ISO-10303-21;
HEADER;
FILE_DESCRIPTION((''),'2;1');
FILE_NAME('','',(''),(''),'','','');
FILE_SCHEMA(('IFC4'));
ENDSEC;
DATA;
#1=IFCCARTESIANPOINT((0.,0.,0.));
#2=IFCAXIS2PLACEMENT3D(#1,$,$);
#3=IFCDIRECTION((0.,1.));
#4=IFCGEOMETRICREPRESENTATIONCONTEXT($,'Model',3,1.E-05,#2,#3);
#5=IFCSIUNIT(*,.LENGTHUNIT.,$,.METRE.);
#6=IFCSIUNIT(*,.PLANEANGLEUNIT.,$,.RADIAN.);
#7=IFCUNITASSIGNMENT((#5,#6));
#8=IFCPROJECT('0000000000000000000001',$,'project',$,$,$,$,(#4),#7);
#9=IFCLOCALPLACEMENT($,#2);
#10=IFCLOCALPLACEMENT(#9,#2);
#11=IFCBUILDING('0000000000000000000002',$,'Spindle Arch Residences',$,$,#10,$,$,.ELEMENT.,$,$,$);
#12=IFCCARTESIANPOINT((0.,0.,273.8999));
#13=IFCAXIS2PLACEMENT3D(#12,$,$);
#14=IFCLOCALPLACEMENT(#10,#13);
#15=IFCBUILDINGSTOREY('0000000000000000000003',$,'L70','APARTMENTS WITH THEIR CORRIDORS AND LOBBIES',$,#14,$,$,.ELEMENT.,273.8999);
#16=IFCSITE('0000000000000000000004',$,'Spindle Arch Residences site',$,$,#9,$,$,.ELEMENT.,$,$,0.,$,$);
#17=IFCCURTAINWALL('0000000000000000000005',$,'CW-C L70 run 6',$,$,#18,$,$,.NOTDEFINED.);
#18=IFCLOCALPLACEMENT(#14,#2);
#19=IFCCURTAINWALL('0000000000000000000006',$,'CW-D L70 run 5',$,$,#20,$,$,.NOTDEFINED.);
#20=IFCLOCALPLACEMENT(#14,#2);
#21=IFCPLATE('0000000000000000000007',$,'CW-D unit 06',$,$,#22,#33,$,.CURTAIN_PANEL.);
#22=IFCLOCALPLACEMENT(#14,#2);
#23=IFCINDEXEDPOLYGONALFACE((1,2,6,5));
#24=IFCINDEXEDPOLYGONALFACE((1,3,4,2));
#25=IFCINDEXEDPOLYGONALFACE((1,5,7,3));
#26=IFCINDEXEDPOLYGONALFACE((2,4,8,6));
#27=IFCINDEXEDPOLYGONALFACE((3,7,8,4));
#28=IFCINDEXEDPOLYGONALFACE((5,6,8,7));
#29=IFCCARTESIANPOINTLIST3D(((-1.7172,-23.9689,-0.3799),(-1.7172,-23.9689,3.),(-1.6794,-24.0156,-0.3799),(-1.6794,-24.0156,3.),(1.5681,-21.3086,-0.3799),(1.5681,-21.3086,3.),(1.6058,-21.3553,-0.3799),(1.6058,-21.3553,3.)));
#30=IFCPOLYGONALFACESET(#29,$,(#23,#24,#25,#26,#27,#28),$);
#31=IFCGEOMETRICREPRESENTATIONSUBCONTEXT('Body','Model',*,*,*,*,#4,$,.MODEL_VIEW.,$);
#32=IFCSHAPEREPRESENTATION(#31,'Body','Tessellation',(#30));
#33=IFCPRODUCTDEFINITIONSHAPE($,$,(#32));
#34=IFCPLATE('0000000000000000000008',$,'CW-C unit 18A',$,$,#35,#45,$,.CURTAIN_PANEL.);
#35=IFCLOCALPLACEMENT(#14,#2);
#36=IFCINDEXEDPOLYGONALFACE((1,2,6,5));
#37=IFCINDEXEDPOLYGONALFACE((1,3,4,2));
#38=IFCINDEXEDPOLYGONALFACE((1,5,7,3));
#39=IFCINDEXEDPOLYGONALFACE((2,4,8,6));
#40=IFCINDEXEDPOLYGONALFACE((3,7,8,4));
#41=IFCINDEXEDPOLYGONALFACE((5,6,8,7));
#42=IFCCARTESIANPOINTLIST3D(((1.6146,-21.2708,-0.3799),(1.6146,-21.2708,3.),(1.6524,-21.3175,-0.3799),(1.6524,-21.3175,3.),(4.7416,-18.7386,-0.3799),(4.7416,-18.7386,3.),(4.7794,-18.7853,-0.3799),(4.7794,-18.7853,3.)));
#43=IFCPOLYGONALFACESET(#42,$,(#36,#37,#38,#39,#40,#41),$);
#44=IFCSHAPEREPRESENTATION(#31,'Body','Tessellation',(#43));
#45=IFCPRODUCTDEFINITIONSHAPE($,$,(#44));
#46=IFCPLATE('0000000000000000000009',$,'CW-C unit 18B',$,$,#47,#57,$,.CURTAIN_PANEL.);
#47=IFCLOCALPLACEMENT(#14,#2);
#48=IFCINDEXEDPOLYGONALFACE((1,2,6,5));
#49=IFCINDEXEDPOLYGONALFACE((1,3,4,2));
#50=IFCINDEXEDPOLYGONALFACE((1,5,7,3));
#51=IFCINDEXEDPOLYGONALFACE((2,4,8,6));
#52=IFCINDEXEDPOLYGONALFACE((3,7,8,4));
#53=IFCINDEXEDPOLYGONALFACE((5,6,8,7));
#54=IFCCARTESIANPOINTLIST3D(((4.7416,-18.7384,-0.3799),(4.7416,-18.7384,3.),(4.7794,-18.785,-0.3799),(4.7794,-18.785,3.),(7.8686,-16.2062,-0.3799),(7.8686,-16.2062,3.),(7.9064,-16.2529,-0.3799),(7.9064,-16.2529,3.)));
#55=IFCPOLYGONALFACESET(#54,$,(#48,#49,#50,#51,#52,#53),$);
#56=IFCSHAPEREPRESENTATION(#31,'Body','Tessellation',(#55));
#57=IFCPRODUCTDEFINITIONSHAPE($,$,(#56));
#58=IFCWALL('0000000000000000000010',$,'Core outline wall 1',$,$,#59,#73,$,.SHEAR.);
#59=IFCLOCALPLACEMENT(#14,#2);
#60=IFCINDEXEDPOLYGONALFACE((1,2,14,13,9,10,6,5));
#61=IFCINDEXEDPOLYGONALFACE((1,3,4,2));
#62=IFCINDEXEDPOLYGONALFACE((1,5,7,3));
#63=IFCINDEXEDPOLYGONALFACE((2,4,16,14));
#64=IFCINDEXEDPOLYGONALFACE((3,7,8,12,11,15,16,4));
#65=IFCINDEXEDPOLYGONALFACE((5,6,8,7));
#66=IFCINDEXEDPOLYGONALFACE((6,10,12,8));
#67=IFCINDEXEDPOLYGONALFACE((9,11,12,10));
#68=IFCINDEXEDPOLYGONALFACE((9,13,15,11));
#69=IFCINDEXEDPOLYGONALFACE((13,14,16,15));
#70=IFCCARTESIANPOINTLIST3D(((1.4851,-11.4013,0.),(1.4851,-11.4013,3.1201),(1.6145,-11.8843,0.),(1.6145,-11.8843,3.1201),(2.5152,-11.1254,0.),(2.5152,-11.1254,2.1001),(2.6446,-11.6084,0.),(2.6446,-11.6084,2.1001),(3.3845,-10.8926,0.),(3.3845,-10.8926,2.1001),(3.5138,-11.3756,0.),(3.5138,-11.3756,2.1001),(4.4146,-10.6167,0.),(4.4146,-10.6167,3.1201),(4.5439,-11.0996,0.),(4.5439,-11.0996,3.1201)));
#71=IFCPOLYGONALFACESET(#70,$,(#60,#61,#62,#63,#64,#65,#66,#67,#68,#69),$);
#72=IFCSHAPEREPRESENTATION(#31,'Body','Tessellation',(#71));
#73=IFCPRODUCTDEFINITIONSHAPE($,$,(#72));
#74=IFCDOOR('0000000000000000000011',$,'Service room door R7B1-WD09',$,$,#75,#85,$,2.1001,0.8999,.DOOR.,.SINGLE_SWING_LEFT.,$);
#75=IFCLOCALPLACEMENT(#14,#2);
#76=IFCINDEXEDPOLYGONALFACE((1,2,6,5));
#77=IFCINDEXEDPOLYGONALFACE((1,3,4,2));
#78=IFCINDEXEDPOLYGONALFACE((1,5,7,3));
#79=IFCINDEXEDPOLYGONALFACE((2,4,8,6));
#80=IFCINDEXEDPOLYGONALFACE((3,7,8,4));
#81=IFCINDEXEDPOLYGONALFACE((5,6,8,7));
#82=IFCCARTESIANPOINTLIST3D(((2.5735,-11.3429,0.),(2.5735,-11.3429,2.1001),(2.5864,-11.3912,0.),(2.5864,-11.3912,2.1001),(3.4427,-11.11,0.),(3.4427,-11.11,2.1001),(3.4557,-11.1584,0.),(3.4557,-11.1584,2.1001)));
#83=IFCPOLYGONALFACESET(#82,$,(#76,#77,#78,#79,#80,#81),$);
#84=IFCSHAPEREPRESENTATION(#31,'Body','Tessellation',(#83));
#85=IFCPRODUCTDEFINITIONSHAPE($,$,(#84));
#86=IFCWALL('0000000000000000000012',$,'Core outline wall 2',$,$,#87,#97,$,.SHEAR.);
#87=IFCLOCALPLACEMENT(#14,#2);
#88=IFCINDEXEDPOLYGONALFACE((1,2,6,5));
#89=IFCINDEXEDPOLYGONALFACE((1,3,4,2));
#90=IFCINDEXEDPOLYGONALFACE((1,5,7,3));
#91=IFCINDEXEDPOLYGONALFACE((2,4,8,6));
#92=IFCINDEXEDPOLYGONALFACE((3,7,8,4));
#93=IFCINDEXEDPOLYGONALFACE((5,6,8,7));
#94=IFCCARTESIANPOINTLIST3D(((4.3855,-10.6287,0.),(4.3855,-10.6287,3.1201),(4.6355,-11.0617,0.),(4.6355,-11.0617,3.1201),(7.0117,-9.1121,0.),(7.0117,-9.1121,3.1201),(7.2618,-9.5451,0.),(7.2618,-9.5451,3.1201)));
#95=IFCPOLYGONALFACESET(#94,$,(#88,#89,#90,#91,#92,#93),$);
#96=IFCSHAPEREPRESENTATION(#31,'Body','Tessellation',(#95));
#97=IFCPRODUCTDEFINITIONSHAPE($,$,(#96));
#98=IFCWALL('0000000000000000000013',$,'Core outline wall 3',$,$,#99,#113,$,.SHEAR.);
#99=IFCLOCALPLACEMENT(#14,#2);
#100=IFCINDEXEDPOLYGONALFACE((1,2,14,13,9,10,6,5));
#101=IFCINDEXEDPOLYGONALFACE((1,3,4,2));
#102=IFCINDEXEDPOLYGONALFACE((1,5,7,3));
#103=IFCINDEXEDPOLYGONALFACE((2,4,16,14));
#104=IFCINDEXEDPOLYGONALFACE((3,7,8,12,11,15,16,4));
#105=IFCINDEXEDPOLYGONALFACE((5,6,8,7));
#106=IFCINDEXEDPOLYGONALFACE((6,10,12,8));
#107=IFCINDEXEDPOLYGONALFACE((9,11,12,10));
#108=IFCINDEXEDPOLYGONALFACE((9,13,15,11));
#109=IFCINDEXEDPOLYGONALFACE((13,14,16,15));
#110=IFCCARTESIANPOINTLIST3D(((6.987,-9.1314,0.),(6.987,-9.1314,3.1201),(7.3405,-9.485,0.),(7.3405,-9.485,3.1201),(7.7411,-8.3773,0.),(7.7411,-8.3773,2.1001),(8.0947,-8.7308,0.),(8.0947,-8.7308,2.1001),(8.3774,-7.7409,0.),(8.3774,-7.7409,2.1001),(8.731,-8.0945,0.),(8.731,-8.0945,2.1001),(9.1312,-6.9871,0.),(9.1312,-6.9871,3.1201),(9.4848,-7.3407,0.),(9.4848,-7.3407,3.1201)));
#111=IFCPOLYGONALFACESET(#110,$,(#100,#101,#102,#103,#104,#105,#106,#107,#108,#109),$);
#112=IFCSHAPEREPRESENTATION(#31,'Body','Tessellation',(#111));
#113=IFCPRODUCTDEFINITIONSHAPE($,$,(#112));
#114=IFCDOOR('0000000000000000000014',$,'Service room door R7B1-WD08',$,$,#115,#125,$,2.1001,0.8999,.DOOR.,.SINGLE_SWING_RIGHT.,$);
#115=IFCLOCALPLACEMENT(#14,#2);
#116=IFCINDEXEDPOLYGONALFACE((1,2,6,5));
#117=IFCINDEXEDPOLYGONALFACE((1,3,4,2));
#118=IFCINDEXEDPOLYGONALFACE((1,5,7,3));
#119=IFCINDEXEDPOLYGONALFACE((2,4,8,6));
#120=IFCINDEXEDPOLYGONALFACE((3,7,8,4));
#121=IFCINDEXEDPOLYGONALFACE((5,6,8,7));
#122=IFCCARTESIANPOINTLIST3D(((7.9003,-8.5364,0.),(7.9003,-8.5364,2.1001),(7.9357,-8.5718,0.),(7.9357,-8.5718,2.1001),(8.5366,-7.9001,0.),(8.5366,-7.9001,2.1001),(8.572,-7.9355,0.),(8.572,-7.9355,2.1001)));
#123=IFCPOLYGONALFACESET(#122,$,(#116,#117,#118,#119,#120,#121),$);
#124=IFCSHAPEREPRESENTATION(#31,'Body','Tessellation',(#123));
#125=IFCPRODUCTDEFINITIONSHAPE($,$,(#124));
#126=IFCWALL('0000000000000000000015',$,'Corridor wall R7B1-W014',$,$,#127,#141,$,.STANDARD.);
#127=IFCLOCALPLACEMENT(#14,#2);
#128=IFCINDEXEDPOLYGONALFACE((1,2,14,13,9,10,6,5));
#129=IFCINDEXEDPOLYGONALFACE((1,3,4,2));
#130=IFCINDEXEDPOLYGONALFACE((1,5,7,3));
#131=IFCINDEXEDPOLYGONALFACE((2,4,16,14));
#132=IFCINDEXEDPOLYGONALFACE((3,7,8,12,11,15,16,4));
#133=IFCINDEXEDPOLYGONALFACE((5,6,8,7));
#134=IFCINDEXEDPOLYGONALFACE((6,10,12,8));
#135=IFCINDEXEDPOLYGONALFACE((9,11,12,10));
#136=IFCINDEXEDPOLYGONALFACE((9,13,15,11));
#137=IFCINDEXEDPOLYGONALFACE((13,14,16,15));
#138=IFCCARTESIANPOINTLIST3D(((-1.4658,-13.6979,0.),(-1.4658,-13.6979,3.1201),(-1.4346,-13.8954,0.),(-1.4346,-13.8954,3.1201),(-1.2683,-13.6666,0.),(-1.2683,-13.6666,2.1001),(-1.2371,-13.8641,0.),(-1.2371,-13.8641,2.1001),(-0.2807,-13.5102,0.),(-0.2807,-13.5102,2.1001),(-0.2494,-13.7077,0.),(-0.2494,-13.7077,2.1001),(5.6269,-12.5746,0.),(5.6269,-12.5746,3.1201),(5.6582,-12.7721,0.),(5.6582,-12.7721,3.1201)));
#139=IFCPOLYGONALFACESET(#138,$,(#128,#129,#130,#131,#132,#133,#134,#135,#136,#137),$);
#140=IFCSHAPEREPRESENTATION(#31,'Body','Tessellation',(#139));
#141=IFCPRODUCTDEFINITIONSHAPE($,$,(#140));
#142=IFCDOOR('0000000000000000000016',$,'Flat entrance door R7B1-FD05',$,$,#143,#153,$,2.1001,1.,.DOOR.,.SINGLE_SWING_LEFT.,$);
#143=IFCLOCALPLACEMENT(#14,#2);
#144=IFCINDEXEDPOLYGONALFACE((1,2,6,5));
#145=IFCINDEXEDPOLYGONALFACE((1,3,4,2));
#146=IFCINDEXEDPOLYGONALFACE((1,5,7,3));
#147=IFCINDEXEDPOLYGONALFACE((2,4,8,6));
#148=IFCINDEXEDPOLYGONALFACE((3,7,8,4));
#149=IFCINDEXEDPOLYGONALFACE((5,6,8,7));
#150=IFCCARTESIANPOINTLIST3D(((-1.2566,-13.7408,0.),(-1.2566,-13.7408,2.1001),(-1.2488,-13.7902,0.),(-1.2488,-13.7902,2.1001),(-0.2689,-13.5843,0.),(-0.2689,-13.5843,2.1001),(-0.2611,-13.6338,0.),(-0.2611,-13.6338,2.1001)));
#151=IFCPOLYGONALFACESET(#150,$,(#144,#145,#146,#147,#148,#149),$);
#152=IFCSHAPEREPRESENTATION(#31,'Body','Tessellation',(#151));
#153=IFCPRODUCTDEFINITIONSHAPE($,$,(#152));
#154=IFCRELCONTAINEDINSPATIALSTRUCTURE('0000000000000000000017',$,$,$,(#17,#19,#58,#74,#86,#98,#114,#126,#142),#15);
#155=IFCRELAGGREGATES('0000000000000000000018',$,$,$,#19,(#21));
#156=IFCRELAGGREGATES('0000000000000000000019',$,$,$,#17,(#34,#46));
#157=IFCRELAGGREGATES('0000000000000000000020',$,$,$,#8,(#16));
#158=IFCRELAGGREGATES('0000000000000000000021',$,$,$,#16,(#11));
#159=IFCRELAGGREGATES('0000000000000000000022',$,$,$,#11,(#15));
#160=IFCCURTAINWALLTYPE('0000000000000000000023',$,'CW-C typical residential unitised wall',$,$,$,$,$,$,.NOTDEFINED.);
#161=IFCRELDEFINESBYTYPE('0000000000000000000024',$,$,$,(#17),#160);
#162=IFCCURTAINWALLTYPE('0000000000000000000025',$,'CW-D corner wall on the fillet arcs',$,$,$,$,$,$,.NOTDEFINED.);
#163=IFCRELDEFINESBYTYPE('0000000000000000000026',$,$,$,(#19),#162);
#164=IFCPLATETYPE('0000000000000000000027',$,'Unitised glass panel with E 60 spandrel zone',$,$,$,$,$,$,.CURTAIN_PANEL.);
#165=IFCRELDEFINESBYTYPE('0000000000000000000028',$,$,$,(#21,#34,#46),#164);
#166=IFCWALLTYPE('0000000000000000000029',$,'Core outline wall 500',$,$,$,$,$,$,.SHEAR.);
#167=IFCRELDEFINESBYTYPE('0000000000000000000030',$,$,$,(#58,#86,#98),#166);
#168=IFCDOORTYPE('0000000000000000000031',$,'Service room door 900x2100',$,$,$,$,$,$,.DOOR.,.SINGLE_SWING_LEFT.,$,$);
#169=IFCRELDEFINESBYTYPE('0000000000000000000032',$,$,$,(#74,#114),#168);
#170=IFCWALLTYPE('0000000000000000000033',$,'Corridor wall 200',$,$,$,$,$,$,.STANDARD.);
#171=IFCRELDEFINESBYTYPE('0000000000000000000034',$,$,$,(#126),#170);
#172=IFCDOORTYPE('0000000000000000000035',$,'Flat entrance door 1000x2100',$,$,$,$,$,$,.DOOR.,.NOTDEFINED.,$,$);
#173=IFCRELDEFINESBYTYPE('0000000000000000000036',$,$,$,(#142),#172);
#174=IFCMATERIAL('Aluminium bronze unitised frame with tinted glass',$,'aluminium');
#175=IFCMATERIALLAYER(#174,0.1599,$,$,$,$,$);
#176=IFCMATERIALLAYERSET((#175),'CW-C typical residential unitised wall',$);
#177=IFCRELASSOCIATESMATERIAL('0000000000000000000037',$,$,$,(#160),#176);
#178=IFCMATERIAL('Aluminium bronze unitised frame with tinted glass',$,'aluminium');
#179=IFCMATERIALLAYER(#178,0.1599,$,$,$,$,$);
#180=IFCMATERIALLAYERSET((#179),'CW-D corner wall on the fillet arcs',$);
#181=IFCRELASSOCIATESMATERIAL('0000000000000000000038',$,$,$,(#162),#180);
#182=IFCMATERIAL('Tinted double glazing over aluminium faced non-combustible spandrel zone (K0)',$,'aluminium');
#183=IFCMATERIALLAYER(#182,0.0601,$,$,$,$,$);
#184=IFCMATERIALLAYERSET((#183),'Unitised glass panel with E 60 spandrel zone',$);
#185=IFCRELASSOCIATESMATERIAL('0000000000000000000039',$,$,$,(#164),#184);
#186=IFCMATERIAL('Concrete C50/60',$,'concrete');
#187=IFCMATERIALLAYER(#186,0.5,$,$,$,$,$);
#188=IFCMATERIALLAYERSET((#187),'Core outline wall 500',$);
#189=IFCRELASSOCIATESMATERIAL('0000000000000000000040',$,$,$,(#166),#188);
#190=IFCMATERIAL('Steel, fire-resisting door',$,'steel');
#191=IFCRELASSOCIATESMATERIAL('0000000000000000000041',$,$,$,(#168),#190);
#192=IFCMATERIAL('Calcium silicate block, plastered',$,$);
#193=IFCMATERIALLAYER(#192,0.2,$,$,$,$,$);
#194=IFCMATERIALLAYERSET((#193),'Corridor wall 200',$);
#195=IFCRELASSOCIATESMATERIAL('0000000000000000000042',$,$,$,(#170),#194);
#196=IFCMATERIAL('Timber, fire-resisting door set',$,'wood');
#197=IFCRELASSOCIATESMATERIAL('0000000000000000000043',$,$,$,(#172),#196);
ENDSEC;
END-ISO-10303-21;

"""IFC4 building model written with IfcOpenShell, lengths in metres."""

from ifc_helpers import new_model, si_unit, direction, frame, frame_2d, origin, origin_2d, place, context, subcontext, project, spatial, rectangle, extrude, material, layer, layer_set, type_object, element, fill, aggregate, save


model = new_model("IFC4")

# Units and contexts
model_context = context("Model", 3, precision=1e-05, world=origin(), true_north=direction((0.0, 1.0)))
body_context = subcontext(model_context, "Body", "Model", "MODEL_VIEW")
ifc_project = project(units=[si_unit("LENGTHUNIT", "METRE"), si_unit("PLANEANGLEUNIT", "RADIAN")], contexts=[model_context])

# Site, building, storey
site_placement = place(None, origin())
site = spatial("IfcSite", under=ifc_project, at=site_placement, Name="Spindle Arch Residences site", CompositionType="ELEMENT", RefElevation=0.0)
building_placement = place(site_placement, origin())
building = spatial("IfcBuilding", under=site, at=building_placement, Name="Spindle Arch Residences", CompositionType="ELEMENT")
storey_placement = place(building_placement, frame((0.0, 0.0, 273.8999)))
storey = spatial("IfcBuildingStorey", under=building, at=storey_placement, Name="L70", Description="APARTMENTS WITH THEIR CORRIDORS AND LOBBIES", CompositionType="ELEMENT", Elevation=273.8999)

# Curtain wall
ifc_material_1 = material(Name="Aluminium bronze unitised frame with tinted glass", Category="aluminium")
ifc_layer_1 = layer(ifc_material_1, 0.1599)
ifc_layer_set_1 = layer_set([ifc_layer_1], Name="CW-C typical residential unitised wall")
curtain_wall_type_1 = type_object("IfcCurtainWallType", Name="CW-C typical residential unitised wall", PredefinedType="NOTDEFINED", material=ifc_layer_set_1)
curtain_wall_1_placement = place(storey_placement, origin())
curtain_wall_1 = element("IfcCurtainWall", 1, at=curtain_wall_1_placement, inside=storey, type_object=curtain_wall_type_1, Name="CW-C L70 run 6", PredefinedType="NOTDEFINED")

# Curtain wall, plate
ifc_material_2 = material(Name="Aluminium bronze unitised frame with tinted glass", Category="aluminium")
ifc_layer_2 = layer(ifc_material_2, 0.1599)
ifc_layer_set_2 = layer_set([ifc_layer_2], Name="CW-D corner wall on the fillet arcs")
curtain_wall_type_2 = type_object("IfcCurtainWallType", Name="CW-D corner wall on the fillet arcs", PredefinedType="NOTDEFINED", material=ifc_layer_set_2)
curtain_wall_2_placement = place(storey_placement, origin())
curtain_wall_2 = element("IfcCurtainWall", 2, at=curtain_wall_2_placement, inside=storey, type_object=curtain_wall_type_2, Name="CW-D L70 run 5", PredefinedType="NOTDEFINED")
ifc_material_3 = material(Name="Tinted double glazing over aluminium faced non-combustible spandrel zone (K0)", Category="aluminium")
ifc_layer_3 = layer(ifc_material_3, 0.0601)
ifc_layer_set_3 = layer_set([ifc_layer_3], Name="Unitised glass panel with E 60 spandrel zone")
plate_type = type_object("IfcPlateType", Name="Unitised glass panel with E 60 spandrel zone", PredefinedType="CURTAIN_PANEL", material=ifc_layer_set_3)
plate_1_placement = place(storey_placement, frame((-0.0557, -22.6621, -0.3799), z_axis=(0.0, 0.0, 1.0), x_axis=(0.777146, 0.62932, 0.0)))
plate_1 = element("IfcPlate", 3, at=plate_1_placement, type_object=plate_type, Name="CW-D unit 06", PredefinedType="CURTAIN_PANEL", context=body_context, shape_type="SweptSolid", body=[
    extrude(rectangle(XDim=4.2273, YDim=0.0601, at=origin_2d()), origin(), (0.0, 0.0, 1.0), 3.3799),
])
aggregate(curtain_wall_2, [plate_1])

# Plates
plate_2_placement = place(storey_placement, frame((3.197, -20.0281, -0.3799), z_axis=(0.0, 0.0, 1.0), x_axis=(0.777146, 0.62932, 0.0)))
plate_2 = element("IfcPlate", 4, at=plate_2_placement, type_object=plate_type, Name="CW-C unit 18A", PredefinedType="CURTAIN_PANEL", context=body_context, shape_type="SweptSolid", body=[
    extrude(rectangle(XDim=4.0237, YDim=0.0601, at=origin_2d()), origin(), (0.0, 0.0, 1.0), 3.3799),
])
plate_3_placement = place(storey_placement, frame((6.324, -17.4956, -0.3799), z_axis=(0.0, 0.0, 1.0), x_axis=(0.777146, 0.62932, 0.0)))
plate_3 = element("IfcPlate", 5, at=plate_3_placement, type_object=plate_type, Name="CW-C unit 18B", PredefinedType="CURTAIN_PANEL", context=body_context, shape_type="SweptSolid", body=[
    extrude(rectangle(XDim=4.0237, YDim=0.0601, at=origin_2d()), origin(), (0.0, 0.0, 1.0), 3.3799),
])
aggregate(curtain_wall_1, [plate_2, plate_3])

# Wall, opening, door
ifc_material_4 = material(Name="Concrete C50/60", Category="concrete")
ifc_layer_4 = layer(ifc_material_4, 0.5)
ifc_layer_set_4 = layer_set([ifc_layer_4], Name="Core outline wall 500")
wall_type_1 = type_object("IfcWallType", Name="Core outline wall 500", PredefinedType="SHEAR", material=ifc_layer_set_4)
wall_1_placement = place(storey_placement, frame((1.5498, -11.6428, 0.0), z_axis=(0.0, 0.0, 1.0), x_axis=(0.965948, 0.258735, 0.0)))
wall_1 = element("IfcWall", 6, at=wall_1_placement, inside=storey, type_object=wall_type_1, Name="Core outline wall 1", PredefinedType="SHEAR", context=body_context, shape_type="SweptSolid", body=[
    extrude(rectangle(XDim=3.0327, YDim=0.5, at=frame_2d((1.5164, 0.0))), origin(), (0.0, 0.0, 1.0), 3.1201),
])
opening_1_placement = place(wall_1_placement, frame((1.0664, 0.0, 0.0)))
opening_1 = element("IfcOpeningElement", 7, at=opening_1_placement, cuts=wall_1, PredefinedType="OPENING", context=body_context, shape_type="SweptSolid", body=[
    extrude(rectangle(XDim=0.8999, YDim=2.1001, at=frame_2d((0.45, 1.05))), frame((0.0, 0.26, 0.0), z_axis=(0.0, -1.0, 0.0), x_axis=(1.0, 0.0, 0.0)), (0.0, 0.0, 1.0), 0.52),
])
ifc_material_5 = material(Name="Steel, fire-resisting door", Category="steel")
door_type_1 = type_object("IfcDoorType", Name="Service room door 900x2100", OperationType="SINGLE_SWING_LEFT", PredefinedType="DOOR", material=ifc_material_5)
door_1_placement = place(opening_1_placement, origin())
door_1 = element("IfcDoor", 8, at=door_1_placement, inside=storey, type_object=door_type_1, Name="Service room door R7B1-WD09", OperationType="SINGLE_SWING_LEFT", OverallHeight=2.1001, OverallWidth=0.8999, PredefinedType="DOOR", context=body_context, shape_type="SweptSolid", body=[
    extrude(rectangle(XDim=0.8999, YDim=2.1001, at=frame_2d((0.45, 1.05))), frame((0.0, 0.0249, 0.0), z_axis=(0.0, -1.0, 0.0), x_axis=(1.0, 0.0, 0.0)), (0.0, 0.0, 1.0), 0.05),
])
fill(opening_1, door_1)

# Wall
wall_2_placement = place(storey_placement, frame((4.5105, -10.8452, 0.0), z_axis=(0.0, 0.0, 1.0), x_axis=(0.865975, 0.500087, 0.0)))
element("IfcWall", 9, at=wall_2_placement, inside=storey, type_object=wall_type_1, Name="Core outline wall 2", PredefinedType="SHEAR", context=body_context, shape_type="SweptSolid", body=[
    extrude(rectangle(XDim=3.0327, YDim=0.5, at=frame_2d((1.5164, 0.0))), origin(), (0.0, 0.0, 1.0), 3.1201),
])

# Walls, openings, doors
wall_3_placement = place(storey_placement, frame((7.1638, -9.3081, 0.0), z_axis=(0.0, 0.0, 1.0), x_axis=(0.707107, 0.707107, 0.0)))
wall_3 = element("IfcWall", 10, at=wall_3_placement, inside=storey, type_object=wall_type_1, Name="Core outline wall 3", PredefinedType="SHEAR", context=body_context, shape_type="SweptSolid", body=[
    extrude(rectangle(XDim=3.0325, YDim=0.5, at=frame_2d((1.5161, 0.0))), origin(), (0.0, 0.0, 1.0), 3.1201),
])
opening_2_placement = place(wall_3_placement, frame((1.0664, 0.0, 0.0)))
opening_2 = element("IfcOpeningElement", 11, at=opening_2_placement, cuts=wall_3, PredefinedType="OPENING", context=body_context, shape_type="SweptSolid", body=[
    extrude(rectangle(XDim=0.8999, YDim=2.1001, at=frame_2d((0.45, 1.05))), frame((0.0, 0.26, 0.0), z_axis=(0.0, -1.0, 0.0), x_axis=(1.0, 0.0, 0.0)), (0.0, 0.0, 1.0), 0.52),
])
door_2_placement = place(opening_2_placement, origin())
door_2 = element("IfcDoor", 12, at=door_2_placement, inside=storey, type_object=door_type_1, Name="Service room door R7B1-WD08", OperationType="SINGLE_SWING_RIGHT", OverallHeight=2.1001, OverallWidth=0.8999, PredefinedType="DOOR", context=body_context, shape_type="SweptSolid", body=[
    extrude(rectangle(XDim=0.8999, YDim=2.1001, at=frame_2d((0.45, 1.05))), frame((0.0, 0.0249, 0.0), z_axis=(0.0, -1.0, 0.0), x_axis=(1.0, 0.0, 0.0)), (0.0, 0.0, 1.0), 0.05),
])
fill(opening_2, door_2)
ifc_material_6 = material(Name="Calcium silicate block, plastered")
ifc_layer_5 = layer(ifc_material_6, 0.2)
ifc_layer_set_5 = layer_set([ifc_layer_5], Name="Corridor wall 200")
wall_type_2 = type_object("IfcWallType", Name="Corridor wall 200", PredefinedType="STANDARD", material=ifc_layer_set_5)
wall_4_placement = place(storey_placement, frame((-1.4502, -13.7966, 0.0), z_axis=(0.0, 0.0, 1.0), x_axis=(0.98769, 0.156422, 0.0)))
wall_4 = element("IfcWall", 13, at=wall_4_placement, inside=storey, type_object=wall_type_2, Name="Corridor wall R7B1-W014", PredefinedType="STANDARD", context=body_context, shape_type="SweptSolid", body=[
    extrude(rectangle(XDim=7.1812, YDim=0.2, at=frame_2d((3.5906, 0.0))), origin(), (0.0, 0.0, 1.0), 3.1201),
])
opening_3_placement = place(wall_4_placement, frame((0.2, 0.0, 0.0)))
opening_3 = element("IfcOpeningElement", 14, at=opening_3_placement, cuts=wall_4, PredefinedType="OPENING", context=body_context, shape_type="SweptSolid", body=[
    extrude(rectangle(XDim=1.0, YDim=2.1001, at=frame_2d((0.5, 1.05))), frame((0.0, 0.1099, 0.0), z_axis=(0.0, -1.0, 0.0), x_axis=(1.0, 0.0, 0.0)), (0.0, 0.0, 1.0), 0.22),
])
ifc_material_7 = material(Name="Timber, fire-resisting door set", Category="wood")
door_type_2 = type_object("IfcDoorType", Name="Flat entrance door 1000x2100", OperationType="NOTDEFINED", PredefinedType="DOOR", material=ifc_material_7)
door_3_placement = place(opening_3_placement, origin())
door_3 = element("IfcDoor", 15, at=door_3_placement, inside=storey, type_object=door_type_2, Name="Flat entrance door R7B1-FD05", OperationType="SINGLE_SWING_LEFT", OverallHeight=2.1001, OverallWidth=1.0, PredefinedType="DOOR", context=body_context, shape_type="SweptSolid", body=[
    extrude(rectangle(XDim=1.0, YDim=2.1001, at=frame_2d((0.5, 1.05))), frame((0.0, 0.0249, 0.0), z_axis=(0.0, -1.0, 0.0), x_axis=(1.0, 0.0, 0.0)), (0.0, 0.0, 1.0), 0.05),
])
fill(opening_3, door_3)

save(model, "model.ifc")
